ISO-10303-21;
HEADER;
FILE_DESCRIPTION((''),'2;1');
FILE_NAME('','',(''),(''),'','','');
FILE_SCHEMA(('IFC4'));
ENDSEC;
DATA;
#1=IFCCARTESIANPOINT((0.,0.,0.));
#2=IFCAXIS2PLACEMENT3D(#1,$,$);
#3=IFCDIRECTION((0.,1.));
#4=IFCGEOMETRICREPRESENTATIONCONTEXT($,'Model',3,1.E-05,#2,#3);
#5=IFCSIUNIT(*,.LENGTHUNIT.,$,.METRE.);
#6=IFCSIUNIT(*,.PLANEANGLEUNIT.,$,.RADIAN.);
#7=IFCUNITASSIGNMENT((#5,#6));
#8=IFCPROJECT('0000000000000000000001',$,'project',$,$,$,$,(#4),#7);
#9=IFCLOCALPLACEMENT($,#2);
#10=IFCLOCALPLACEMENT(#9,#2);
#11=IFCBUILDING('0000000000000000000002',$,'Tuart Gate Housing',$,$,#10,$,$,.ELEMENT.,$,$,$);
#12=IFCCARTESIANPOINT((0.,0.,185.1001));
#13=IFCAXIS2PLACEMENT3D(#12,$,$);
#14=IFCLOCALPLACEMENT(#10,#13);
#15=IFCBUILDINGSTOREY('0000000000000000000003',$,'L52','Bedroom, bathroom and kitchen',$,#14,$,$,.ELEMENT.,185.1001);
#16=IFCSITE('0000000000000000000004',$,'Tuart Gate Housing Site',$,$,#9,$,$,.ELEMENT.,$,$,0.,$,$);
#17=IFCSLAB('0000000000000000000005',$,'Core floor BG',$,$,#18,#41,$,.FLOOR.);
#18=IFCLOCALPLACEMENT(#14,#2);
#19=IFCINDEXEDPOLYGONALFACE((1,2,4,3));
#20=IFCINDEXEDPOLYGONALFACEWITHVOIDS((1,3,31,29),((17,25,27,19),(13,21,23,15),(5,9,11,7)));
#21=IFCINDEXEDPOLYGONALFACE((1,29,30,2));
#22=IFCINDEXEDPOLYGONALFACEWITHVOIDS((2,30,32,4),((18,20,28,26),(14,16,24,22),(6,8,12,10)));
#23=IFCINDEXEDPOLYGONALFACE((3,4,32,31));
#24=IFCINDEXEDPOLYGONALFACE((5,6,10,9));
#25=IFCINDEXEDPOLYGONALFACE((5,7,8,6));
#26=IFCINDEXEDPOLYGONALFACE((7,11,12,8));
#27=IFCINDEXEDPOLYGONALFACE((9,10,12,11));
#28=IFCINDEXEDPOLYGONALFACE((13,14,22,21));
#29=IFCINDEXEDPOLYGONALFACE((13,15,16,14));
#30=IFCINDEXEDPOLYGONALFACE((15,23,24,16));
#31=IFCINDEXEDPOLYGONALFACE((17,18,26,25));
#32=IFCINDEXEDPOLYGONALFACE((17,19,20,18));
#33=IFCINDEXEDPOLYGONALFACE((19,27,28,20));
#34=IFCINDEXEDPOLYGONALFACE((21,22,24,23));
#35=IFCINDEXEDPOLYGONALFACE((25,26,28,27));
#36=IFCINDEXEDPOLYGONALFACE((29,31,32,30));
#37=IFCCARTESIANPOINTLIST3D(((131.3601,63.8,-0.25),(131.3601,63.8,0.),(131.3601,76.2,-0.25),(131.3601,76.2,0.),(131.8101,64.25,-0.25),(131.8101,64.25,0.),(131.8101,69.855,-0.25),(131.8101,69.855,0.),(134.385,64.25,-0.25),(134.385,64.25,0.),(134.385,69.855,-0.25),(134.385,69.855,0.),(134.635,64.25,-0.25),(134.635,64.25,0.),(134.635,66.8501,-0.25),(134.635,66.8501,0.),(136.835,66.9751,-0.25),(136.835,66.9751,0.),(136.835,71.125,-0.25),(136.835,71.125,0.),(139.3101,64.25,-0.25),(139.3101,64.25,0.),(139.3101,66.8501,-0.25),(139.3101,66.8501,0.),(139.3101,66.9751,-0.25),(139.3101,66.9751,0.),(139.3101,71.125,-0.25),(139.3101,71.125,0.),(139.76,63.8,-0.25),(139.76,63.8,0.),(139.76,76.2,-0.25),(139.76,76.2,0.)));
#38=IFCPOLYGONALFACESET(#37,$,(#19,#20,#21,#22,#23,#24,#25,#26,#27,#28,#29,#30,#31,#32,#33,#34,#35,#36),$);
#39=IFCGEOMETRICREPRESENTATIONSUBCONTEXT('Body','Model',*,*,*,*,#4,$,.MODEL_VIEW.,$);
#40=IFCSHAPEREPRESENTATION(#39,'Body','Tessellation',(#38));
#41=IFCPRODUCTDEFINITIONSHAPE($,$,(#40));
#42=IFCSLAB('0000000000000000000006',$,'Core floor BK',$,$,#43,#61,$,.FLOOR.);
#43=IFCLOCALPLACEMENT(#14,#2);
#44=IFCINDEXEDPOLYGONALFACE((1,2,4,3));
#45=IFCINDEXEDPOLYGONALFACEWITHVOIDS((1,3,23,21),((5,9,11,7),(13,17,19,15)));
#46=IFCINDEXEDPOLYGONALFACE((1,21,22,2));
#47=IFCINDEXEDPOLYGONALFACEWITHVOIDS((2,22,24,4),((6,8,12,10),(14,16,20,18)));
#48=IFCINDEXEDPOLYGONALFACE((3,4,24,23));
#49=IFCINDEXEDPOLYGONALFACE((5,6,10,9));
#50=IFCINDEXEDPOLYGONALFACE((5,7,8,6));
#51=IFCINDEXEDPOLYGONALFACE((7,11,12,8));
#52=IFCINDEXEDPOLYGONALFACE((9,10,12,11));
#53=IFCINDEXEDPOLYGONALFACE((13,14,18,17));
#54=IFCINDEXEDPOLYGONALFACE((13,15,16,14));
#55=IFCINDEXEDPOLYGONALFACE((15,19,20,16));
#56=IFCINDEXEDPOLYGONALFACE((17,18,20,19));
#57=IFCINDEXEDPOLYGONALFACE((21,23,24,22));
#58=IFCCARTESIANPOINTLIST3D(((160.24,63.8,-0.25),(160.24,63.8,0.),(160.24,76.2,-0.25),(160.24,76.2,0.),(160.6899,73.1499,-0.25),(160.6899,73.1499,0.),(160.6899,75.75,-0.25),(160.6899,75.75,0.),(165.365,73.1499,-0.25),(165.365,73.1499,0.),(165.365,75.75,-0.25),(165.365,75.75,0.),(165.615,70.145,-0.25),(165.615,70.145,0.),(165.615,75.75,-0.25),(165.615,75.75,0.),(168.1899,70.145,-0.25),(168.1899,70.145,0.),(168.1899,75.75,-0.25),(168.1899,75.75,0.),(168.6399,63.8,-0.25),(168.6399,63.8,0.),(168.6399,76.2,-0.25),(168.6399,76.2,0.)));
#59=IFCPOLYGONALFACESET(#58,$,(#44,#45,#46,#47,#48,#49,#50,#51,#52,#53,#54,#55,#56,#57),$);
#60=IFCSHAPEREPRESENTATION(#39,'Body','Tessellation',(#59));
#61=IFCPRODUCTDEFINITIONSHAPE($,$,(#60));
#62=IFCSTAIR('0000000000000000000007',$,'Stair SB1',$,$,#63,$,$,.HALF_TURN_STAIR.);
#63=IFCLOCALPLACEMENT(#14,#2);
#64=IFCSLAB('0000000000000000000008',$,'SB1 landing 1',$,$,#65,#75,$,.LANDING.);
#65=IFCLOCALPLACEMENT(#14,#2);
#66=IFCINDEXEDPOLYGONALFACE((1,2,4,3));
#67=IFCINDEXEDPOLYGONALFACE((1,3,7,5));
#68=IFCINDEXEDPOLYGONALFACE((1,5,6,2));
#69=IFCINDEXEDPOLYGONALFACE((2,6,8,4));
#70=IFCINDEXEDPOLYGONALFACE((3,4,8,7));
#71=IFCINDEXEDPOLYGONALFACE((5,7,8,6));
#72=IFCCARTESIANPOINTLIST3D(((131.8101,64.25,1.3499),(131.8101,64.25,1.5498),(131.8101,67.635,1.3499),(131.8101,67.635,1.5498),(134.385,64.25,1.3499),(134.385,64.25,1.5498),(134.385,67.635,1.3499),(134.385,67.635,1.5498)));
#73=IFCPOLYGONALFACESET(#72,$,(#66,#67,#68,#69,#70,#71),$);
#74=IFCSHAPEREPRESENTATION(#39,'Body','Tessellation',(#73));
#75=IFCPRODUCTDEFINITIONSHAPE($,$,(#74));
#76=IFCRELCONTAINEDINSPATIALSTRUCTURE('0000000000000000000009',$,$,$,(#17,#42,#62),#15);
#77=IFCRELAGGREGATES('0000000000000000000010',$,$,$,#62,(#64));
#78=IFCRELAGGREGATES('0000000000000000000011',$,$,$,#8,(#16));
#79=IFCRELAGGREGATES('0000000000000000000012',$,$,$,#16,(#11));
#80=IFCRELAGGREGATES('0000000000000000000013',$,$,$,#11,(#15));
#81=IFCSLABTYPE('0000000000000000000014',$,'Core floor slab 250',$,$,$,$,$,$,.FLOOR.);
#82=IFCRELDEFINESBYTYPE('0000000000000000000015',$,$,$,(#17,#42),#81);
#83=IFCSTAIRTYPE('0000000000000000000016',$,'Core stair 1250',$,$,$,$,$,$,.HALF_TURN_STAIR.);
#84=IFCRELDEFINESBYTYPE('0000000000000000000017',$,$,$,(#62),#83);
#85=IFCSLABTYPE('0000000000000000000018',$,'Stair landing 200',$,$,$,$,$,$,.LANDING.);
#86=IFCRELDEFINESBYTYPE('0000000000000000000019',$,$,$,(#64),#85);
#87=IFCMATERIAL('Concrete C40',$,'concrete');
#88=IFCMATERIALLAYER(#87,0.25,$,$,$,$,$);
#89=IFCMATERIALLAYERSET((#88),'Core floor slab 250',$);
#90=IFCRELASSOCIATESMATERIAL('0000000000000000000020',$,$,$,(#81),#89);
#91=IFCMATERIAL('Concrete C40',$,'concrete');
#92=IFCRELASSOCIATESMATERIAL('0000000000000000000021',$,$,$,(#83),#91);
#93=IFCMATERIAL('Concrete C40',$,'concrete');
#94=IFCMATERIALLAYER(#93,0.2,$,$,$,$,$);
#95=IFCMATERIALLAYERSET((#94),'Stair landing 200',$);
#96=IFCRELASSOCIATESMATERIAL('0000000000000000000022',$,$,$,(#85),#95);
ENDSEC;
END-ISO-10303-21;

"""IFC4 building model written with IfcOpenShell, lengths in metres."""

from ifc_helpers import new_model, si_unit, direction, frame, origin, place, context, subcontext, project, spatial, polyline, outline, extrude, material, layer, layer_set, type_object, element, aggregate, save


model = new_model("IFC4")

# Units and contexts
model_context = context("Model", 3, precision=1e-05, world=origin(), true_north=direction((0.0, 1.0)))
body_context = subcontext(model_context, "Body", "Model", "MODEL_VIEW")
ifc_project = project(units=[si_unit("LENGTHUNIT", "METRE"), si_unit("PLANEANGLEUNIT", "RADIAN")], contexts=[model_context])

# Site, building, storey
site_placement = place(None, origin())
site = spatial("IfcSite", under=ifc_project, at=site_placement, Name="Tuart Gate Housing Site", CompositionType="ELEMENT", RefElevation=0.0)
building_placement = place(site_placement, origin())
building = spatial("IfcBuilding", under=site, at=building_placement, Name="Tuart Gate Housing", CompositionType="ELEMENT")
storey_placement = place(building_placement, frame((0.0, 0.0, 185.1001)))
storey = spatial("IfcBuildingStorey", under=building, at=storey_placement, Name="L52", Description="Bedroom, bathroom and kitchen", CompositionType="ELEMENT", Elevation=185.1001)

# Slabs
ifc_material_1 = material(Name="Concrete C40", Category="concrete")
ifc_layer_1 = layer(ifc_material_1, 0.25)
ifc_layer_set_1 = layer_set([ifc_layer_1], Name="Core floor slab 250")
slab_type_1 = type_object("IfcSlabType", Name="Core floor slab 250", PredefinedType="FLOOR", material=ifc_layer_set_1)
slab_1_placement = place(storey_placement, frame((0.0, 0.0, -0.25)))
element("IfcSlab", 1, at=slab_1_placement, inside=storey, type_object=slab_type_1, Name="Core floor BG", PredefinedType="FLOOR", context=body_context, shape_type="SweptSolid", body=[
    extrude(outline(polyline([(131.3601, 63.8), (139.76, 63.8), (139.76, 76.2), (131.3601, 76.2), (131.3601, 63.8)]), holes=[polyline([(139.3101, 66.8501), (134.635, 66.8501), (134.635, 64.25), (139.3101, 64.25), (139.3101, 66.8501)]), polyline([(139.3101, 71.125), (136.835, 71.125), (136.835, 66.9751), (139.3101, 66.9751), (139.3101, 71.125)]), polyline([(134.385, 69.855), (131.8101, 69.855), (131.8101, 64.25), (134.385, 64.25), (134.385, 69.855)])]), origin(), (0.0, 0.0, 1.0), 0.25),
])
slab_2_placement = place(storey_placement, frame((0.0, 0.0, -0.25)))
element("IfcSlab", 2, at=slab_2_placement, inside=storey, type_object=slab_type_1, Name="Core floor BK", PredefinedType="FLOOR", context=body_context, shape_type="SweptSolid", body=[
    extrude(outline(polyline([(160.24, 63.8), (168.6399, 63.8), (168.6399, 76.2), (160.24, 76.2), (160.24, 63.8)]), holes=[polyline([(160.6899, 73.1499), (165.365, 73.1499), (165.365, 75.75), (160.6899, 75.75), (160.6899, 73.1499)]), polyline([(165.615, 70.145), (168.1899, 70.145), (168.1899, 75.75), (165.615, 75.75), (165.615, 70.145)])]), origin(), (0.0, 0.0, 1.0), 0.25),
])

# Stair, slab
ifc_material_2 = material(Name="Concrete C40", Category="concrete")
stair_type = type_object("IfcStairType", Name="Core stair 1250", PredefinedType="HALF_TURN_STAIR", material=ifc_material_2)
stair_placement = place(storey_placement, origin())
stair = element("IfcStair", 3, at=stair_placement, inside=storey, type_object=stair_type, Name="Stair SB1", PredefinedType="HALF_TURN_STAIR")
ifc_material_3 = material(Name="Concrete C40", Category="concrete")
ifc_layer_2 = layer(ifc_material_3, 0.2)
ifc_layer_set_2 = layer_set([ifc_layer_2], Name="Stair landing 200")
slab_type_2 = type_object("IfcSlabType", Name="Stair landing 200", PredefinedType="LANDING", material=ifc_layer_set_2)
slab_3_placement = place(storey_placement, frame((0.0, 0.0, 1.3499)))
slab_3 = element("IfcSlab", 4, at=slab_3_placement, type_object=slab_type_2, Name="SB1 landing 1", PredefinedType="LANDING", context=body_context, shape_type="SweptSolid", body=[
    extrude(outline(polyline([(134.385, 67.635), (131.8101, 67.635), (131.8101, 64.25), (134.385, 64.25), (134.385, 67.635)])), origin(), (0.0, 0.0, 1.0), 0.2),
])
aggregate(stair, [slab_3])

save(model, "model.ifc")
